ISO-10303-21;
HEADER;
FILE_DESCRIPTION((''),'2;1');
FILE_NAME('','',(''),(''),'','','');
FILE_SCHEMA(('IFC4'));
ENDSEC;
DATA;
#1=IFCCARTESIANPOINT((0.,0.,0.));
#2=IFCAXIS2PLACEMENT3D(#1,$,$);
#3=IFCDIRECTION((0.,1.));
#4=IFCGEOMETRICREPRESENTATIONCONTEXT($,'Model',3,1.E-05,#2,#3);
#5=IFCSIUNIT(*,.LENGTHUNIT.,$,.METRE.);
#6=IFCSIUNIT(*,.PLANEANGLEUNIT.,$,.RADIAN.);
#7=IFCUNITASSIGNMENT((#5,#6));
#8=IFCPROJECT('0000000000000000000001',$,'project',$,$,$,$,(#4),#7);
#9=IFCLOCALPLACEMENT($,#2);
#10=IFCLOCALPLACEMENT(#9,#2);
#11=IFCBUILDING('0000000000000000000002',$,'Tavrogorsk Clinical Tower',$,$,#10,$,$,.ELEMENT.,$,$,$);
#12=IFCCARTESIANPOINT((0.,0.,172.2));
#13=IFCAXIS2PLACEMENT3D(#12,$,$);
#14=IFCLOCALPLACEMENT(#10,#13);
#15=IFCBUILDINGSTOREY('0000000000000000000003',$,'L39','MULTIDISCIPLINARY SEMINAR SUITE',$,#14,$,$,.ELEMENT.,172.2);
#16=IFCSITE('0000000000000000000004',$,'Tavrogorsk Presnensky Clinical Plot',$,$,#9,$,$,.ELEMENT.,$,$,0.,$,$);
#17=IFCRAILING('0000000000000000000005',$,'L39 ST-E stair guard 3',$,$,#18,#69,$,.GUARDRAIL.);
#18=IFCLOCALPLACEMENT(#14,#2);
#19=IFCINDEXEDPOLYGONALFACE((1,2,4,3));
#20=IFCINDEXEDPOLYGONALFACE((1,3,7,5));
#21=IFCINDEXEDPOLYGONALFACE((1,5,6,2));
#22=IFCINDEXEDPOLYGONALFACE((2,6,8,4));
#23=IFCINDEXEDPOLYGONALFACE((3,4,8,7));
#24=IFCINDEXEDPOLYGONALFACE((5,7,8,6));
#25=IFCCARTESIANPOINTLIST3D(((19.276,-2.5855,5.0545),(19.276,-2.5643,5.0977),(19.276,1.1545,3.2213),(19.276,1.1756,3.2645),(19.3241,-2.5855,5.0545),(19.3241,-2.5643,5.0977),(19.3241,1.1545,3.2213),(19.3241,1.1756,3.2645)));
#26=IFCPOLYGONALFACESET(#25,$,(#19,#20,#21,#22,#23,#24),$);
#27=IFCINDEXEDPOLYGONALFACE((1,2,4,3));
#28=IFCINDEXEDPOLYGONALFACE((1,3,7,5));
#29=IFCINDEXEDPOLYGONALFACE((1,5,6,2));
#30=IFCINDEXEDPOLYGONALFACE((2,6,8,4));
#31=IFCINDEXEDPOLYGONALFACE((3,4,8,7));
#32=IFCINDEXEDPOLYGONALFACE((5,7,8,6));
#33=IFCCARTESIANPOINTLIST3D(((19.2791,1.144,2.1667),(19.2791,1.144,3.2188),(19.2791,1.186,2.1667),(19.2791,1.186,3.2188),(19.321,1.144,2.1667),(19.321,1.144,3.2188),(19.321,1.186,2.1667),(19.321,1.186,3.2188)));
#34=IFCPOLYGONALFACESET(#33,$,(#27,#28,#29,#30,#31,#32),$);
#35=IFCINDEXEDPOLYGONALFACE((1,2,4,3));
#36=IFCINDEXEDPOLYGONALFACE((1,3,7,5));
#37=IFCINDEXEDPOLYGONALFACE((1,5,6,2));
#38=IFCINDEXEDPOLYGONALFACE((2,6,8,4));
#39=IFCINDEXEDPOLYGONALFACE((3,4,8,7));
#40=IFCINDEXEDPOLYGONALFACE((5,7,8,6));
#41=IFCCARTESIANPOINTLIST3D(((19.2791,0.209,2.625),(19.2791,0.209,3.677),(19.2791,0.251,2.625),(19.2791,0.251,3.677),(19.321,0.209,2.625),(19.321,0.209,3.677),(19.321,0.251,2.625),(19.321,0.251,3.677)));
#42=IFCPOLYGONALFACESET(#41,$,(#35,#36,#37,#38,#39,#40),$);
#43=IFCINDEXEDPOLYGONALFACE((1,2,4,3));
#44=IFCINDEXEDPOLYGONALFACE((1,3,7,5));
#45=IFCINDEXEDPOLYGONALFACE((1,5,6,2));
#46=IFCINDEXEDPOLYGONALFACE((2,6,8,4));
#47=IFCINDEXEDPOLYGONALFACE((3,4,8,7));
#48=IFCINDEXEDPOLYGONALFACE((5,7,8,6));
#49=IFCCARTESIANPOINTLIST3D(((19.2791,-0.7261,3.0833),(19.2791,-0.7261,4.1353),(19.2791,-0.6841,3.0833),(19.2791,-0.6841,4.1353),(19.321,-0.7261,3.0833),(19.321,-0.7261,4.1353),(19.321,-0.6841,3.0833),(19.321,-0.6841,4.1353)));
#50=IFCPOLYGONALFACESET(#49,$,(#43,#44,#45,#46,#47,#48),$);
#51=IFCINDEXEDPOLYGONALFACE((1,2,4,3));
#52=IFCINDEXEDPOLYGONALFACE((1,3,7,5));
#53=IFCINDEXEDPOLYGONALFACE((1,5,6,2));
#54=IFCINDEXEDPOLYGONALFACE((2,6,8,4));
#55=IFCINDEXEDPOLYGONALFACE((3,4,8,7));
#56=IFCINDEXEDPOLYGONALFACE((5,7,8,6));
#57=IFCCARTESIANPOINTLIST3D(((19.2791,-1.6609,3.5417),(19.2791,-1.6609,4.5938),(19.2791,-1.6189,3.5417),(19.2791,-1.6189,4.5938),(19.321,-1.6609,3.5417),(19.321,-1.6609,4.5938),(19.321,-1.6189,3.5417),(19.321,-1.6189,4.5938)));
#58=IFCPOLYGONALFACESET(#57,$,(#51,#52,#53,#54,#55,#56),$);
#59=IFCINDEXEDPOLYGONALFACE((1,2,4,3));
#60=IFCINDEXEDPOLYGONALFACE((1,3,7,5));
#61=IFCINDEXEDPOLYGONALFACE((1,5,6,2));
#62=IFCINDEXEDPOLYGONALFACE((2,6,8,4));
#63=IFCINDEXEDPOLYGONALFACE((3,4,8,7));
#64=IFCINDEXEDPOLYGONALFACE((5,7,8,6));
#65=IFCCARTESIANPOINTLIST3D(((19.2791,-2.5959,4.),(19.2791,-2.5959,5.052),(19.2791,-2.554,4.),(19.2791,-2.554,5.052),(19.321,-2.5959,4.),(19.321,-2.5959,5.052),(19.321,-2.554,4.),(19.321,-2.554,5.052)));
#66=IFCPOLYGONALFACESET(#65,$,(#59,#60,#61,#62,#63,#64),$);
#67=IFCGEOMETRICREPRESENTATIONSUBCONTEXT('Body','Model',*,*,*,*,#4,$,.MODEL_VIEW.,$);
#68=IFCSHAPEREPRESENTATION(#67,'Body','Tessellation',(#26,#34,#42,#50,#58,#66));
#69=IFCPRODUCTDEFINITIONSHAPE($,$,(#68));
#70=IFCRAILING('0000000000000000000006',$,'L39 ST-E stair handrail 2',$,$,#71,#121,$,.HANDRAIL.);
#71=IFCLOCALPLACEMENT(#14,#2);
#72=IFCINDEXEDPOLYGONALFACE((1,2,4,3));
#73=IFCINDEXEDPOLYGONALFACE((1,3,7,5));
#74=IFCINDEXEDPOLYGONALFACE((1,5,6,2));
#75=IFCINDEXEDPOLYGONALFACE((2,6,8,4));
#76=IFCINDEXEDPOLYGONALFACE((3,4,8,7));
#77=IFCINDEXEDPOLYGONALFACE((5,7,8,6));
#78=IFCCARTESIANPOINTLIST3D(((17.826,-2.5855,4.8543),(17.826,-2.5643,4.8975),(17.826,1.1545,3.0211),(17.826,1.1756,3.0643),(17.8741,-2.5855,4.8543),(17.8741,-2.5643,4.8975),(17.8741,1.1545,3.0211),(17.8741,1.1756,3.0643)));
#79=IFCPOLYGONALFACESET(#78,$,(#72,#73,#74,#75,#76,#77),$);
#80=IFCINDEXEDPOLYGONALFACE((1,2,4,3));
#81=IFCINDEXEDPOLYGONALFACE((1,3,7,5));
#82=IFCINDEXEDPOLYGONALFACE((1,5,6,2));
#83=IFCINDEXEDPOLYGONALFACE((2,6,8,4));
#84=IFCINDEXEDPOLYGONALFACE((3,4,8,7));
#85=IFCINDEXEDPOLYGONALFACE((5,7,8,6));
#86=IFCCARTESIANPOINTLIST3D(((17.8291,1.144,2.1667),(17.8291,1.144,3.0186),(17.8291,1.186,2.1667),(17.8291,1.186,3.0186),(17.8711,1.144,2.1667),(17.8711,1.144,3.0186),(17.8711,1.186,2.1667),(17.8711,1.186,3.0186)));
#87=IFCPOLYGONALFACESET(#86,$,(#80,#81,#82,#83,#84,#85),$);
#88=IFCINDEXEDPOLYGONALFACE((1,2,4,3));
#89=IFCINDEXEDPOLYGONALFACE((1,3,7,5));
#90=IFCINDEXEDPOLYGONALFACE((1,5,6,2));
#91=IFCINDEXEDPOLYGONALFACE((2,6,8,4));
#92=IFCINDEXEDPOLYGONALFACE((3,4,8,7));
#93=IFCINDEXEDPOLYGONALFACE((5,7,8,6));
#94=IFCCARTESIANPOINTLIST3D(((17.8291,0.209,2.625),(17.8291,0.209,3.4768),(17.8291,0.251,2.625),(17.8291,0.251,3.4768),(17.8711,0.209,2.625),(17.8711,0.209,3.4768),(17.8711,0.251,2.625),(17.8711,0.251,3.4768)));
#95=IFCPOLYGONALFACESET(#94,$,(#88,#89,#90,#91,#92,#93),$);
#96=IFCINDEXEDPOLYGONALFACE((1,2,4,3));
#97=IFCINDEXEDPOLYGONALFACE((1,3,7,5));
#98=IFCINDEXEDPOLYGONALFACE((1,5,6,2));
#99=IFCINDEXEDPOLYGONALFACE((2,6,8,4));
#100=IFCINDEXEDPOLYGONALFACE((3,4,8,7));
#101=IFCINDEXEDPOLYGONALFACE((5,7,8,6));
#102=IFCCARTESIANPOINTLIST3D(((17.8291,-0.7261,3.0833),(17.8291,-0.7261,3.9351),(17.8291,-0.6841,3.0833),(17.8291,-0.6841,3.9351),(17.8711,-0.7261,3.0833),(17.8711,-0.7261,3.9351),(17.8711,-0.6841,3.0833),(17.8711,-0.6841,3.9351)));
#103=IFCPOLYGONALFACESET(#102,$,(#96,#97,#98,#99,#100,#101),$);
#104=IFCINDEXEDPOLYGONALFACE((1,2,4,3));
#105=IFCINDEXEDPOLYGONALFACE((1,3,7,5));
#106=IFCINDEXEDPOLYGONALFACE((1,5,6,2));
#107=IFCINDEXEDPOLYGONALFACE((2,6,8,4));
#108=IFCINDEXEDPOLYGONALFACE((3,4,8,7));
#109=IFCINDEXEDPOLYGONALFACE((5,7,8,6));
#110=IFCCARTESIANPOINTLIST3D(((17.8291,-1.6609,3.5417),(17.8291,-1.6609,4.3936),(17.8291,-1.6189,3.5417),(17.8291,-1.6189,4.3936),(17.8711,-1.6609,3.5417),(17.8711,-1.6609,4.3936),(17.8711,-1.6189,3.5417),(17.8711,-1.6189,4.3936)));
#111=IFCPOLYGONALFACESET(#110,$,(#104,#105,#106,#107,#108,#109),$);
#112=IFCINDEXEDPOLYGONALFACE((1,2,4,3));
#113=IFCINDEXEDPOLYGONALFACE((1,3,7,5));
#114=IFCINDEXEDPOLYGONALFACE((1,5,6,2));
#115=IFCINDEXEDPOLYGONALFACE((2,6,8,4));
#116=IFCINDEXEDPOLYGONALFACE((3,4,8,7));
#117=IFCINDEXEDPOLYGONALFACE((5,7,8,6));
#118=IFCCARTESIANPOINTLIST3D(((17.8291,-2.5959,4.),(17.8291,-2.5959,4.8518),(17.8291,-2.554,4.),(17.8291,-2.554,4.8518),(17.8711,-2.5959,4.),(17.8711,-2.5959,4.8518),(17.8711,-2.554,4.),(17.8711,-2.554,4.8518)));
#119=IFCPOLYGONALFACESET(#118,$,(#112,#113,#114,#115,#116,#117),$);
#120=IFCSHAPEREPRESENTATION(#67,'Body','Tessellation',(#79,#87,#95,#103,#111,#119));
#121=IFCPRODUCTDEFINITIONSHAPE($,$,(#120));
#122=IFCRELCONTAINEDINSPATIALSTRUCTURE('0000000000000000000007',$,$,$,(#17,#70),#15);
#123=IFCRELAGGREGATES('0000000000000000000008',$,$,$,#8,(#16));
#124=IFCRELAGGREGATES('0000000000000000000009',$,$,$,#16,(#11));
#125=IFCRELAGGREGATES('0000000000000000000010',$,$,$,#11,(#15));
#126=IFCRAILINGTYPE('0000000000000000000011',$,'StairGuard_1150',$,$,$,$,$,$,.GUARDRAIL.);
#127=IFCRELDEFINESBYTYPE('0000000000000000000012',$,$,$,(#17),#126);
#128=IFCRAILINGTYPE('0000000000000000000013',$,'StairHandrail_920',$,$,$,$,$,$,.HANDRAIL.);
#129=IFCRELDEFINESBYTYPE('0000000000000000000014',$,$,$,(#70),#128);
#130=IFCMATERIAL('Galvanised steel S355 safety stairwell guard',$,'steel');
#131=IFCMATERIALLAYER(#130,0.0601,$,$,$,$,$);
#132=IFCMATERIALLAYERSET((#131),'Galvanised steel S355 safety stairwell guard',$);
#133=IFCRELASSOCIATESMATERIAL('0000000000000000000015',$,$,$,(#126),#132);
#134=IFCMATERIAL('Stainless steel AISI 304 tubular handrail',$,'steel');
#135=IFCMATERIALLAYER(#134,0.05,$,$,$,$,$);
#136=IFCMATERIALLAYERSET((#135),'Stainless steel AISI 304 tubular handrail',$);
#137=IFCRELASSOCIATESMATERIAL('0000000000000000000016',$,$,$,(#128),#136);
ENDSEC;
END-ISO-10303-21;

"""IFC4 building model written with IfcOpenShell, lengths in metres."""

from ifc_helpers import new_model, si_unit, direction, frame, origin, origin_2d, place, context, subcontext, project, spatial, rectangle, extrude, material, layer, layer_set, type_object, element, save


model = new_model("IFC4")

# Units and contexts
model_context = context("Model", 3, precision=1e-05, world=origin(), true_north=direction((0.0, 1.0)))
body_context = subcontext(model_context, "Body", "Model", "MODEL_VIEW")
ifc_project = project(units=[si_unit("LENGTHUNIT", "METRE"), si_unit("PLANEANGLEUNIT", "RADIAN")], contexts=[model_context])

# Site, building, storey
site_placement = place(None, origin())
site = spatial("IfcSite", under=ifc_project, at=site_placement, Name="Tavrogorsk Presnensky Clinical Plot", CompositionType="ELEMENT", RefElevation=0.0)
building_placement = place(site_placement, origin())
building = spatial("IfcBuilding", under=site, at=building_placement, Name="Tavrogorsk Clinical Tower", CompositionType="ELEMENT")
storey_placement = place(building_placement, frame((0.0, 0.0, 172.2)))
storey = spatial("IfcBuildingStorey", under=building, at=storey_placement, Name="L39", Description="MULTIDISCIPLINARY SEMINAR SUITE", CompositionType="ELEMENT", Elevation=172.2)

# Railings
ifc_material_1 = material(Name="Galvanised steel S355 safety stairwell guard", Category="steel")
ifc_layer_1 = layer(ifc_material_1, 0.0601)
ifc_layer_set_1 = layer_set([ifc_layer_1], Name="Galvanised steel S355 safety stairwell guard")
railing_type_1 = type_object("IfcRailingType", Name="StairGuard_1150", PredefinedType="GUARDRAIL", material=ifc_layer_set_1)
railing_1_placement = place(storey_placement, frame((19.3, 1.165, 2.1667)))
element("IfcRailing", 1, at=railing_1_placement, inside=storey, type_object=railing_type_1, Name="L39 ST-E stair guard 3", PredefinedType="GUARDRAIL", context=body_context, shape_type="SweptSolid", body=[
    extrude(rectangle(XDim=0.0481, YDim=0.0481, at=origin_2d()), frame((0.0, 0.0, 1.0762), z_axis=(0.0, -0.897928, 0.440142), x_axis=(1.0, 0.0, 0.0)), (0.0, 0.0, 1.0), 4.165),
    extrude(rectangle(XDim=0.042, YDim=0.042, at=origin_2d()), origin(), (0.0, 0.0, 1.0), 1.052),
    extrude(rectangle(XDim=0.042, YDim=0.042, at=origin_2d()), frame((0.0, -0.9351, 0.4583)), (0.0, 0.0, 1.0), 1.052),
    extrude(rectangle(XDim=0.042, YDim=0.042, at=origin_2d()), frame((0.0, -1.8701, 0.9165)), (0.0, 0.0, 1.0), 1.052),
    extrude(rectangle(XDim=0.042, YDim=0.042, at=origin_2d()), frame((0.0, -2.8049, 1.375)), (0.0, 0.0, 1.0), 1.052),
    extrude(rectangle(XDim=0.042, YDim=0.042, at=origin_2d()), frame((0.0, -3.74, 1.8333)), (0.0, 0.0, 1.0), 1.052),
])
ifc_material_2 = material(Name="Stainless steel AISI 304 tubular handrail", Category="steel")
ifc_layer_2 = layer(ifc_material_2, 0.05)
ifc_layer_set_2 = layer_set([ifc_layer_2], Name="Stainless steel AISI 304 tubular handrail")
railing_type_2 = type_object("IfcRailingType", Name="StairHandrail_920", PredefinedType="HANDRAIL", material=ifc_layer_set_2)
railing_2_placement = place(storey_placement, frame((17.8501, 1.165, 2.1667)))
element("IfcRailing", 2, at=railing_2_placement, inside=storey, type_object=railing_type_2, Name="L39 ST-E stair handrail 2", PredefinedType="HANDRAIL", context=body_context, shape_type="SweptSolid", body=[
    extrude(rectangle(XDim=0.0481, YDim=0.0481, at=origin_2d()), frame((0.0, 0.0, 0.876), z_axis=(0.0, -0.897928, 0.440142), x_axis=(1.0, 0.0, 0.0)), (0.0, 0.0, 1.0), 4.165),
    extrude(rectangle(XDim=0.042, YDim=0.042, at=origin_2d()), origin(), (0.0, 0.0, 1.0), 0.8518),
    extrude(rectangle(XDim=0.042, YDim=0.042, at=origin_2d()), frame((0.0, -0.9351, 0.4583)), (0.0, 0.0, 1.0), 0.8518),
    extrude(rectangle(XDim=0.042, YDim=0.042, at=origin_2d()), frame((0.0, -1.8701, 0.9165)), (0.0, 0.0, 1.0), 0.8518),
    extrude(rectangle(XDim=0.042, YDim=0.042, at=origin_2d()), frame((0.0, -2.8049, 1.375)), (0.0, 0.0, 1.0), 0.8518),
    extrude(rectangle(XDim=0.042, YDim=0.042, at=origin_2d()), frame((0.0, -3.74, 1.8333)), (0.0, 0.0, 1.0), 0.8518),
])

save(model, "model.ifc")
